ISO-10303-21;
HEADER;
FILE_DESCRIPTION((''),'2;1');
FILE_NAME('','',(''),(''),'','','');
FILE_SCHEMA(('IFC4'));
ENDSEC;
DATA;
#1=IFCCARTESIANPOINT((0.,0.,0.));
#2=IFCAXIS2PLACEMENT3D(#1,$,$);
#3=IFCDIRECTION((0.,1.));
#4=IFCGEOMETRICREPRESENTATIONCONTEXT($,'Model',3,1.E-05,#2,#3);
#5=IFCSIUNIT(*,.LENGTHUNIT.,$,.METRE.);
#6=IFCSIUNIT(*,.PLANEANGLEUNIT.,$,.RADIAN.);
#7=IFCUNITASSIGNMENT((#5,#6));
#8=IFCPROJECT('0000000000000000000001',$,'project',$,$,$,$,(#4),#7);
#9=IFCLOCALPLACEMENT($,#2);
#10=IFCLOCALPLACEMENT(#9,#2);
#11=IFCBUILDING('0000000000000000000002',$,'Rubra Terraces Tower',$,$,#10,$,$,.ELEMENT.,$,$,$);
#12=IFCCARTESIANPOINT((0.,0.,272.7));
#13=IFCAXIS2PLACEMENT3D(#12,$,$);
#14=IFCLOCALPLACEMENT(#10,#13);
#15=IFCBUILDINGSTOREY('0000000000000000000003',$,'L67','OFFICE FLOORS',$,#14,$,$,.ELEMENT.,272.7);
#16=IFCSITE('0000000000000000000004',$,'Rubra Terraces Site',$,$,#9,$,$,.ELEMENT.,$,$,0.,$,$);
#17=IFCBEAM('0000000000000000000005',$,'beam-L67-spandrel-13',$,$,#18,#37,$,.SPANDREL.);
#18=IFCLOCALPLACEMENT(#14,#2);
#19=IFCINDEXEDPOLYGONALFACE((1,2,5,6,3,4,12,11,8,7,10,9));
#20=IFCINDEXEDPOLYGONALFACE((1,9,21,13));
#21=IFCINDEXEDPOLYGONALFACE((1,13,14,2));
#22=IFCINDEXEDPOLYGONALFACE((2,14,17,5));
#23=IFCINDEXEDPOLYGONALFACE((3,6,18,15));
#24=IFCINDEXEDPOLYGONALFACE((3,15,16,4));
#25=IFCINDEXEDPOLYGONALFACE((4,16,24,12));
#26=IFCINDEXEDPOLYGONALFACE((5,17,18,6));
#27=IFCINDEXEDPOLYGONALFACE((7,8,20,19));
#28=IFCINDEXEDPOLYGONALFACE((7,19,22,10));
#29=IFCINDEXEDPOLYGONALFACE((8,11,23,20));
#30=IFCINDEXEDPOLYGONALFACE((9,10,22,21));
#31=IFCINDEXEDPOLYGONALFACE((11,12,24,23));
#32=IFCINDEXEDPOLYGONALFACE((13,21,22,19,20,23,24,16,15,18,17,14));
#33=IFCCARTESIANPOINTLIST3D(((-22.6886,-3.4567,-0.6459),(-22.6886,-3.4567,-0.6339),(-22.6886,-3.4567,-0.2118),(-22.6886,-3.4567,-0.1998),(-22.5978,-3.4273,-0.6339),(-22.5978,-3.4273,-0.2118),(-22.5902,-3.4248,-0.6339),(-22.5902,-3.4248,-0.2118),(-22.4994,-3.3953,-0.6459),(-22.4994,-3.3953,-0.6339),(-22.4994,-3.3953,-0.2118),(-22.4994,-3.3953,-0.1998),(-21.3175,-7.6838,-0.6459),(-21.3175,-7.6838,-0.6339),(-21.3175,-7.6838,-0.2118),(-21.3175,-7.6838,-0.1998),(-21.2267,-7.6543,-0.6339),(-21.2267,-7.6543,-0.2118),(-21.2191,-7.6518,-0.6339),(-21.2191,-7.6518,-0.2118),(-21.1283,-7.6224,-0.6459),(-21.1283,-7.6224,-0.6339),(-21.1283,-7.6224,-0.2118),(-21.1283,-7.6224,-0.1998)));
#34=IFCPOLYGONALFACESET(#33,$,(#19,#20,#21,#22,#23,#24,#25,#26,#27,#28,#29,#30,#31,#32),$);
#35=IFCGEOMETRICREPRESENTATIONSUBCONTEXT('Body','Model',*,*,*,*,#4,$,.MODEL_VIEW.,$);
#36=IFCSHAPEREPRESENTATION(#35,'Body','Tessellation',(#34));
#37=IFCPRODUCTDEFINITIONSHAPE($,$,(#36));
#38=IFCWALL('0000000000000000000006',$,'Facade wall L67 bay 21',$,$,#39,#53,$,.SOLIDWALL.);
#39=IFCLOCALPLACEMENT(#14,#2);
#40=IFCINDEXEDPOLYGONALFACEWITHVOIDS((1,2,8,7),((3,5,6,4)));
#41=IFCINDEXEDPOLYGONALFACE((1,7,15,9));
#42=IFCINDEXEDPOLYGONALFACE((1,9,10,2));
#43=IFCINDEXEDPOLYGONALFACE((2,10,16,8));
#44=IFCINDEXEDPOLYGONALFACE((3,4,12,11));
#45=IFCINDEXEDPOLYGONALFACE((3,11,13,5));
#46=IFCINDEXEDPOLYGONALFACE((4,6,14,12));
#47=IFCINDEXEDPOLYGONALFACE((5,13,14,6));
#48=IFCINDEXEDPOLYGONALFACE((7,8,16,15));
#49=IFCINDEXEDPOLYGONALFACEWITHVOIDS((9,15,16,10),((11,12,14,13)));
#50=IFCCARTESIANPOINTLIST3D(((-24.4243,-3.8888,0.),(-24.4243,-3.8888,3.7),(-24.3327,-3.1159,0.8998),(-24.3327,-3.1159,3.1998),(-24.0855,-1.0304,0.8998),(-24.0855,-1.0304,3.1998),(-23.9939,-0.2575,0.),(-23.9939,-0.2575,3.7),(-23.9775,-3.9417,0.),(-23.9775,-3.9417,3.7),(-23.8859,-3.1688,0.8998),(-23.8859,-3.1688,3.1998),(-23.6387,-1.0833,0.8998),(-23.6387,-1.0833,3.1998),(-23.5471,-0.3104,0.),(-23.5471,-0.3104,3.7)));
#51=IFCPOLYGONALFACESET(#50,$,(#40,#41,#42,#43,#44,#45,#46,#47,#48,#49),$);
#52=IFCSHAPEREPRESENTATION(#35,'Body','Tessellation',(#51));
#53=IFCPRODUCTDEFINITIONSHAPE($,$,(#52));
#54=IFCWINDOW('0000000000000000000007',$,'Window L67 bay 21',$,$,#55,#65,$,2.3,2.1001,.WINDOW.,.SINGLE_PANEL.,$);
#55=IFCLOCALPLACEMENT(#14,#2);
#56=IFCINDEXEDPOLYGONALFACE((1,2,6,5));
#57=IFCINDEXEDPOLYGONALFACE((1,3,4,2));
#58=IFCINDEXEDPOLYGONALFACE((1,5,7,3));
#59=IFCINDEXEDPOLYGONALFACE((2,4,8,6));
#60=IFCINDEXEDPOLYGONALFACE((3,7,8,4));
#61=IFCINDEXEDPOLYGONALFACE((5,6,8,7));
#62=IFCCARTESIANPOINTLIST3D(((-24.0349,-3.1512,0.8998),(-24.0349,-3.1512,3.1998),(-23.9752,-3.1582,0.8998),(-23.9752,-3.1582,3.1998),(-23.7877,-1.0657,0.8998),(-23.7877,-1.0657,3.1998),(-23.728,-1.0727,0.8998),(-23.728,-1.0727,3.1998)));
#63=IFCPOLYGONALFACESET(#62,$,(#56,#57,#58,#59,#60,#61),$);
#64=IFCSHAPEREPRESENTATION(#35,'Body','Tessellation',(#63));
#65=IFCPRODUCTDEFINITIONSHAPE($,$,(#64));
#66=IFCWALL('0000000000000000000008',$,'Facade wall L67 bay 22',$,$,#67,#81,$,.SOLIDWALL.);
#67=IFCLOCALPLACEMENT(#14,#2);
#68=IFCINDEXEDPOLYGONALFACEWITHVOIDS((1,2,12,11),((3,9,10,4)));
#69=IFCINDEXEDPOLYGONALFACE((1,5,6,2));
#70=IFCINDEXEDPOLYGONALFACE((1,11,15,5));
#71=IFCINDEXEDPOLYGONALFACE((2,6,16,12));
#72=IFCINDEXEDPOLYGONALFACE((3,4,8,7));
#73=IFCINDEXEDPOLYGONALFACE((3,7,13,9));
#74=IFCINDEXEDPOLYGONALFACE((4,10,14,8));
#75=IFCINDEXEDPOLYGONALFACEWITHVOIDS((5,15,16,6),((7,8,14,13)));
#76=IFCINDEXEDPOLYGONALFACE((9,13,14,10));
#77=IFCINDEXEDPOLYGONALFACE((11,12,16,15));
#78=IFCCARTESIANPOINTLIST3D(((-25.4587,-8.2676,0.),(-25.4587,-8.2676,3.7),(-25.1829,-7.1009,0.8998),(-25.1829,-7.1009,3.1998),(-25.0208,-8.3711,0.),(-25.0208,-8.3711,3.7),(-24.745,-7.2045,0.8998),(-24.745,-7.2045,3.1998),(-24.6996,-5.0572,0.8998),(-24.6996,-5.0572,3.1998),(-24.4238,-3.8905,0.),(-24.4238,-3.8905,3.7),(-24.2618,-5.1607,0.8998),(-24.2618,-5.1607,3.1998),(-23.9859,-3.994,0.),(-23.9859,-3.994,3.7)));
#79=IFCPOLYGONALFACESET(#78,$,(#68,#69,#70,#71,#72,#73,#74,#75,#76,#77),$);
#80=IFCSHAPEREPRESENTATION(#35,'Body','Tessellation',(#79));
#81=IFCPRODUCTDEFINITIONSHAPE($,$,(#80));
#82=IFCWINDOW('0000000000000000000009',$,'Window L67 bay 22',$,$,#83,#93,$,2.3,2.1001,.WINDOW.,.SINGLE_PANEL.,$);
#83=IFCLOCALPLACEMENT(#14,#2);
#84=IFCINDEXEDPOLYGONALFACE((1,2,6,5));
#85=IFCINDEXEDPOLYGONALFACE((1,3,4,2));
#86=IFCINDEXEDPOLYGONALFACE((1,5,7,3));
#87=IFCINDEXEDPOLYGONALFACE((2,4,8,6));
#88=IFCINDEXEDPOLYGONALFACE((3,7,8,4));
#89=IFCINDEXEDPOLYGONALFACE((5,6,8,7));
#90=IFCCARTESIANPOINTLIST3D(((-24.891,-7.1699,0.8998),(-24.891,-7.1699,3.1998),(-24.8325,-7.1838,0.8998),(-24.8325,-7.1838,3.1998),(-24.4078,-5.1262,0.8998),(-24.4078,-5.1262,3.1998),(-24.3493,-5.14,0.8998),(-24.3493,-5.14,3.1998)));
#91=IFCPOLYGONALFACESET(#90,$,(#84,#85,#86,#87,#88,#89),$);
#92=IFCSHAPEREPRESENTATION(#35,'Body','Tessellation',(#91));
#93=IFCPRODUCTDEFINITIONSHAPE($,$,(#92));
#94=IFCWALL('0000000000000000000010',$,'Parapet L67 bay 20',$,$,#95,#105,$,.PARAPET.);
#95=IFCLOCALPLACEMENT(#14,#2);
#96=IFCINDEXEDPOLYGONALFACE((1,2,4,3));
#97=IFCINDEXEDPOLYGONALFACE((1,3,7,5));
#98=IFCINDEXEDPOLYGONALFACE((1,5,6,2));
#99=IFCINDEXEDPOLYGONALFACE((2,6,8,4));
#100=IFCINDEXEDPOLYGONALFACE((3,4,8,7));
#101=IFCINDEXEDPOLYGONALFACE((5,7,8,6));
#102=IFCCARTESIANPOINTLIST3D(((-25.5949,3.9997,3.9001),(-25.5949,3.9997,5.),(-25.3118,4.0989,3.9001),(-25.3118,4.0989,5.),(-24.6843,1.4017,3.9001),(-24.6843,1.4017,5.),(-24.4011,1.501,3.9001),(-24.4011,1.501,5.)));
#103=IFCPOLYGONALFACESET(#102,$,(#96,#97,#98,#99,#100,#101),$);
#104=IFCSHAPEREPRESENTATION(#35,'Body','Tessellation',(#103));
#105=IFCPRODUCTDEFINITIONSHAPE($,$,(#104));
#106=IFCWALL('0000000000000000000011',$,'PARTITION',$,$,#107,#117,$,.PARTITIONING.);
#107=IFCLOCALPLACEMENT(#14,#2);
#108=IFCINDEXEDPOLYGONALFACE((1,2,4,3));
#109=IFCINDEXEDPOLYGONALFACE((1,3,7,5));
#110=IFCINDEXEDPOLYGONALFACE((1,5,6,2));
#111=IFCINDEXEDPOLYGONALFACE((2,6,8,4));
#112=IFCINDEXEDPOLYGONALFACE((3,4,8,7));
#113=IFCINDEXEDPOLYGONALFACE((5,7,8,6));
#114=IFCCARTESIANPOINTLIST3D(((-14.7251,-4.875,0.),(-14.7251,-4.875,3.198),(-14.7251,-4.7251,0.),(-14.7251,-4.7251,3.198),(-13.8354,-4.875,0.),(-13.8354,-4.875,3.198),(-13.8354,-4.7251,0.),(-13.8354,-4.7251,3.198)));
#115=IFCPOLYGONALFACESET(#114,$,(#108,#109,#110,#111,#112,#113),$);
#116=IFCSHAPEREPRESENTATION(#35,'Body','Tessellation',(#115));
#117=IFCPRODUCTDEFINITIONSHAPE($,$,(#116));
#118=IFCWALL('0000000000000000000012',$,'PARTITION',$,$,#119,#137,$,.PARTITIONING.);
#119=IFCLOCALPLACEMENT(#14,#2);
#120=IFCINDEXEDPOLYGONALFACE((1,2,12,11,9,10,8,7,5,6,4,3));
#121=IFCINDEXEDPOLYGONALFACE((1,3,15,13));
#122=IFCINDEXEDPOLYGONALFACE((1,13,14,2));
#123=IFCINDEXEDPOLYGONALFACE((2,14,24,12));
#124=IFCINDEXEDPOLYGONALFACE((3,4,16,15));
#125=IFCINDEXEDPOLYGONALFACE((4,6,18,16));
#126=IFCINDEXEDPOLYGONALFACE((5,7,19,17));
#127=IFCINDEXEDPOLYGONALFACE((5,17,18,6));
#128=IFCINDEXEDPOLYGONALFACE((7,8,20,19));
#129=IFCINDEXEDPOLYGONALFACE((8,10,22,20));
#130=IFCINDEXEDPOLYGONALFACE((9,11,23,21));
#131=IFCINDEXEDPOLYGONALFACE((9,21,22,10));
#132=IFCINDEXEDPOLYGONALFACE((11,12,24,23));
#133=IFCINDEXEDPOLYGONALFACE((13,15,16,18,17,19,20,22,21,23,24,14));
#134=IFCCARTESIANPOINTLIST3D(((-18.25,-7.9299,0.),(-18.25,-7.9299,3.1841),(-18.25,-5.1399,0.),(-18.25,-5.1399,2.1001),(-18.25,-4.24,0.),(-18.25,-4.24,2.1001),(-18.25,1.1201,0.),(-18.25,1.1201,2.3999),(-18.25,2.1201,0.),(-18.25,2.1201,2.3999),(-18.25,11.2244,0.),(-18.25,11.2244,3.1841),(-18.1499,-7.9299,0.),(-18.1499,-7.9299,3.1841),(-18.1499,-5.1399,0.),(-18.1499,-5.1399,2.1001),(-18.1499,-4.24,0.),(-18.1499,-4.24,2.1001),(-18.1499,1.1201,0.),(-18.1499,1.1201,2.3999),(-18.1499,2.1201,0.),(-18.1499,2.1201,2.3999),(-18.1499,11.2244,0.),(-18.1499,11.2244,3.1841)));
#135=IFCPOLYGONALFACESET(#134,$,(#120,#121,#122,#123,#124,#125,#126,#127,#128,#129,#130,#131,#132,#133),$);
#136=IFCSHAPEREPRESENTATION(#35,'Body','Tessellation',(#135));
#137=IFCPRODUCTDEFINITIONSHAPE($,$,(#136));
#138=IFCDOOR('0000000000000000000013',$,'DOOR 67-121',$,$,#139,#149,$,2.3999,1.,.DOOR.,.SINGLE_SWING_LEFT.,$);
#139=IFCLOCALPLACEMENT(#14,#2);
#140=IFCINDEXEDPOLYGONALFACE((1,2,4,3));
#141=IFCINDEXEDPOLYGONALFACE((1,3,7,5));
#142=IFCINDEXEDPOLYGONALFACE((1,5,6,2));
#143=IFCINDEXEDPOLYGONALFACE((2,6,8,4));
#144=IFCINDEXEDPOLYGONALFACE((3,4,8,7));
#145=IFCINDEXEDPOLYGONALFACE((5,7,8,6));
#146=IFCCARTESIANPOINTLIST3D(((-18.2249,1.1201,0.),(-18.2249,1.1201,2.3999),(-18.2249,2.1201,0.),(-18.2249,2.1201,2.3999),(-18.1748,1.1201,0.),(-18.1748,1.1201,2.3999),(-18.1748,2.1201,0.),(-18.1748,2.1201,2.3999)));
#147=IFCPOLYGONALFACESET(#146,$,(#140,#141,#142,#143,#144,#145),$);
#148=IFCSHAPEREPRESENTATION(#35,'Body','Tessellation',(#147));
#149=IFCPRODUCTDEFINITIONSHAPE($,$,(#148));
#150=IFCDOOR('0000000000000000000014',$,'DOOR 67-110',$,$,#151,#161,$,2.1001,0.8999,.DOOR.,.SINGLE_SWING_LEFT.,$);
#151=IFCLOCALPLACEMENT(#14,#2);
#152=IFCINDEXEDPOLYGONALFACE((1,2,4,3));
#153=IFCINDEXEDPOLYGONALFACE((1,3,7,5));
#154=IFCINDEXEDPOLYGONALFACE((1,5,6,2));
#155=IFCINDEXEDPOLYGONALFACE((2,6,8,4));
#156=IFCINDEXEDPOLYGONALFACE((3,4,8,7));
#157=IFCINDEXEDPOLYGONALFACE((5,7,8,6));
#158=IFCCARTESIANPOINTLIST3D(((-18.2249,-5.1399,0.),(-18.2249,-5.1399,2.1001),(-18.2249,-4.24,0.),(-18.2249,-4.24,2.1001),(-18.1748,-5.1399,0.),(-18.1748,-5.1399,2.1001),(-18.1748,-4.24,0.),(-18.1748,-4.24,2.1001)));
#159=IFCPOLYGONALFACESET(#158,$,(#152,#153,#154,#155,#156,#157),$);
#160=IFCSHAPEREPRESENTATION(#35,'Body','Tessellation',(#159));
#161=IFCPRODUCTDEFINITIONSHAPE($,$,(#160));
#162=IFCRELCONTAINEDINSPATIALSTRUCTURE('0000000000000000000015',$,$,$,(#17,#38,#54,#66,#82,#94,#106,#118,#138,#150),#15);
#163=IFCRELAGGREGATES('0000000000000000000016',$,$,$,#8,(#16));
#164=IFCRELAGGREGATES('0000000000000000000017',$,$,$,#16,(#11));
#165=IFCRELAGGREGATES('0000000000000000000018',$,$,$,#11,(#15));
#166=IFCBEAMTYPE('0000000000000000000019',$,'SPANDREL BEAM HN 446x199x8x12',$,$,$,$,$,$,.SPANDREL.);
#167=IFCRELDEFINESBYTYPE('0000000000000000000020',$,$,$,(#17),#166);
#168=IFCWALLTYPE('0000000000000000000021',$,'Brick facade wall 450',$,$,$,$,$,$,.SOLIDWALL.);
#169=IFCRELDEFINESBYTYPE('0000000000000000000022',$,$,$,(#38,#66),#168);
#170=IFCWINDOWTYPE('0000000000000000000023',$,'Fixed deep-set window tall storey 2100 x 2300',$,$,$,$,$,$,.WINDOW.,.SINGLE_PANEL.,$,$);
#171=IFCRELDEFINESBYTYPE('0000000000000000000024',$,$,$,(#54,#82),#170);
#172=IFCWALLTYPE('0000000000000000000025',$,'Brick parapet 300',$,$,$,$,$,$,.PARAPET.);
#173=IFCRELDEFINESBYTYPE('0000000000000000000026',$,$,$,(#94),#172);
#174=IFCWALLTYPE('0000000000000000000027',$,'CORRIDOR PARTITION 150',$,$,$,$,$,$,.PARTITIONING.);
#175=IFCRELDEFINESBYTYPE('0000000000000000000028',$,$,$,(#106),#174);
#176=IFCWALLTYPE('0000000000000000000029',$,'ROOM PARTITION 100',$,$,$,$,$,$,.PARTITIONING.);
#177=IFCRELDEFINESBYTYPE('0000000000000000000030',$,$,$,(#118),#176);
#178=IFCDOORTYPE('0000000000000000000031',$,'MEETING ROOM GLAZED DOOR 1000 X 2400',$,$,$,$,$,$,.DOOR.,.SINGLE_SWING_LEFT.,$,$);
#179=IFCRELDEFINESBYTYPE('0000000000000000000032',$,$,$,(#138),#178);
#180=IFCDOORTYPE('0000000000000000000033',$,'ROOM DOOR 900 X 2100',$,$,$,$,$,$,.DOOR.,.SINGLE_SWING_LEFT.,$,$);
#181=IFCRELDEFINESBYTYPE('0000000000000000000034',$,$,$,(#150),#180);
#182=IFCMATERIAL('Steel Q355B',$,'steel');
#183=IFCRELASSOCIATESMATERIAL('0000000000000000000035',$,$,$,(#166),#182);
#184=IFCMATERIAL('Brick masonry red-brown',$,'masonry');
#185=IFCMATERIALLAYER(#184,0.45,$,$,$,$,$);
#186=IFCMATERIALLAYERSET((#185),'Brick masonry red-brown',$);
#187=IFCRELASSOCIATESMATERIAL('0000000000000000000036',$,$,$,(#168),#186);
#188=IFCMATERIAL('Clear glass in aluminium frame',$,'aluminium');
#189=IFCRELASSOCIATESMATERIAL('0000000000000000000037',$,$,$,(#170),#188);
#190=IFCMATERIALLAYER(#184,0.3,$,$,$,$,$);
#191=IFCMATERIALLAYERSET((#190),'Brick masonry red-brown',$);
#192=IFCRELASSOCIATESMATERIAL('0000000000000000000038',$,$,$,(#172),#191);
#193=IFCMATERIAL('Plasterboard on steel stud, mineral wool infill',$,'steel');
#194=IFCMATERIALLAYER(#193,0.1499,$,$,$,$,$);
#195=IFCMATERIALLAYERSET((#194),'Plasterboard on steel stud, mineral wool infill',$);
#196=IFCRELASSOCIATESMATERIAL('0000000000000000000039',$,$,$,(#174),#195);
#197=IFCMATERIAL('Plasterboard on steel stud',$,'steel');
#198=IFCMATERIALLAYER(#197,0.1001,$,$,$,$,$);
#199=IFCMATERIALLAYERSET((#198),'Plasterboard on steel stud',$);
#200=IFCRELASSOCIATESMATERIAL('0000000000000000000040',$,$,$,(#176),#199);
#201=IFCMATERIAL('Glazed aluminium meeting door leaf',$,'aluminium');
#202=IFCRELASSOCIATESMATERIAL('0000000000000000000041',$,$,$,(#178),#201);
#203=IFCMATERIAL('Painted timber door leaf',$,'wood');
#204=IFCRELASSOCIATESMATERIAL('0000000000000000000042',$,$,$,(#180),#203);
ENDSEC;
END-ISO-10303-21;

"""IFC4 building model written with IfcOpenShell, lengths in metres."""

from ifc_helpers import new_model, si_unit, direction, frame, frame_2d, origin, origin_2d, place, context, subcontext, project, spatial, rectangle, i_section, extrude, material, layer, layer_set, material_profile, profile_set, type_object, element, fill, save


model = new_model("IFC4")

# Units and contexts
model_context = context("Model", 3, precision=1e-05, world=origin(), true_north=direction((0.0, 1.0)))
body_context = subcontext(model_context, "Body", "Model", "MODEL_VIEW")
ifc_project = project(units=[si_unit("LENGTHUNIT", "METRE"), si_unit("PLANEANGLEUNIT", "RADIAN")], contexts=[model_context])

# Site, building, storey
site_placement = place(None, origin())
site = spatial("IfcSite", under=ifc_project, at=site_placement, Name="Rubra Terraces Site", CompositionType="ELEMENT", RefElevation=0.0)
building_placement = place(site_placement, origin())
building = spatial("IfcBuilding", under=site, at=building_placement, Name="Rubra Terraces Tower", CompositionType="ELEMENT")
storey_placement = place(building_placement, frame((0.0, 0.0, 272.7)))
storey = spatial("IfcBuildingStorey", under=building, at=storey_placement, Name="L67", Description="OFFICE FLOORS", CompositionType="ELEMENT", Elevation=272.7)

# Beam
ifc_material_1 = material(Name="Steel Q355B", Category="steel")
ifc_material_profile_1 = material_profile(ifc_material_1, i_section(OverallWidth=0.199, OverallDepth=0.446, WebThickness=0.0081, FlangeThickness=0.012, at=origin_2d()), Name="HN 446x199x8x12")
ifc_profile_set_1 = profile_set([ifc_material_profile_1], Name="Steel Q355B")
beam_type_1 = type_object("IfcBeamType", Name="SPANDREL BEAM HN 446x199x8x12", PredefinedType="SPANDREL", material=ifc_profile_set_1)
beam_1_placement = place(storey_placement, frame((-22.594, -3.426, -0.4229), z_axis=(0.308537, -0.951212, 0.0), x_axis=(0.951212, 0.308537, 0.0)))
element("IfcBeam", 1, at=beam_1_placement, inside=storey, type_object=beam_type_1, Name="beam-L67-spandrel-13", PredefinedType="SPANDREL", context=body_context, shape_type="SweptSolid", body=[
    extrude(i_section(OverallWidth=0.199, OverallDepth=0.446, WebThickness=0.0081, FlangeThickness=0.012, at=origin_2d()), origin(), (0.0, 0.0, 1.0), 4.4438),
])

# Walls, openings, windows
ifc_material_2 = material(Name="Brick masonry red-brown", Category="masonry")
ifc_layer_1 = layer(ifc_material_2, 0.45)
ifc_layer_set_1 = layer_set([ifc_layer_1], Name="Brick masonry red-brown")
wall_type_1 = type_object("IfcWallType", Name="Brick facade wall 450", PredefinedType="SOLIDWALL", material=ifc_layer_set_1)
wall_1_placement = place(storey_placement, frame((-23.7705, -0.2839, 0.0), z_axis=(0.0, 0.0, 1.0), x_axis=(-0.117705, -0.993049, 0.0)))
wall_1 = element("IfcWall", 2, at=wall_1_placement, inside=storey, type_object=wall_type_1, Name="Facade wall L67 bay 21", PredefinedType="SOLIDWALL", context=body_context, shape_type="SweptSolid", body=[
    extrude(rectangle(XDim=3.6567, YDim=0.45, at=frame_2d((1.8284, 0.0))), origin(), (0.0, 0.0, 1.0), 3.7),
])
opening_1_placement = place(wall_1_placement, frame((0.7783, 0.0, 0.8999)))
opening_1 = element("IfcOpeningElement", 3, at=opening_1_placement, cuts=wall_1, PredefinedType="OPENING", context=body_context, shape_type="SweptSolid", body=[
    extrude(rectangle(XDim=2.1001, YDim=2.3, at=frame_2d((1.05, 1.1499))), frame((0.0, 0.2349, 0.0), z_axis=(0.0, -1.0, 0.0), x_axis=(1.0, 0.0, 0.0)), (0.0, 0.0, 1.0), 0.47),
])
ifc_material_3 = material(Name="Clear glass in aluminium frame", Category="aluminium")
window_type = type_object("IfcWindowType", Name="Fixed deep-set window tall storey 2100 x 2300", PartitioningType="SINGLE_PANEL", PredefinedType="WINDOW", material=ifc_material_3)
window_1_placement = place(opening_1_placement, origin())
window_1 = element("IfcWindow", 4, at=window_1_placement, inside=storey, type_object=window_type, Name="Window L67 bay 21", OverallHeight=2.3, OverallWidth=2.1001, PartitioningType="SINGLE_PANEL", PredefinedType="WINDOW", context=body_context, shape_type="SweptSolid", body=[
    extrude(rectangle(XDim=2.1001, YDim=2.3, at=frame_2d((1.05, 1.1499))), frame((0.0, 0.135, 0.0), z_axis=(0.0, -1.0, 0.0), x_axis=(1.0, 0.0, 0.0)), (0.0, 0.0, 1.0), 0.0601),
])
fill(opening_1, window_1)
wall_2_placement = place(storey_placement, frame((-24.2048, -3.9421, 0.0), z_axis=(0.0, 0.0, 1.0), x_axis=(-0.230089, -0.97317, 0.0)))
wall_2 = element("IfcWall", 5, at=wall_2_placement, inside=storey, type_object=wall_type_1, Name="Facade wall L67 bay 22", PredefinedType="SOLIDWALL", context=body_context, shape_type="SweptSolid", body=[
    extrude(rectangle(XDim=4.4978, YDim=0.45, at=frame_2d((2.249, 0.0))), origin(), (0.0, 0.0, 1.0), 3.7),
])
opening_2_placement = place(wall_2_placement, frame((1.199, 0.0, 0.8999)))
opening_2 = element("IfcOpeningElement", 6, at=opening_2_placement, cuts=wall_2, PredefinedType="OPENING", context=body_context, shape_type="SweptSolid", body=[
    extrude(rectangle(XDim=2.1001, YDim=2.3, at=frame_2d((1.05, 1.1499))), frame((0.0, 0.2349, 0.0), z_axis=(0.0, -1.0, 0.0), x_axis=(1.0, 0.0, 0.0)), (0.0, 0.0, 1.0), 0.47),
])
window_2_placement = place(opening_2_placement, origin())
window_2 = element("IfcWindow", 7, at=window_2_placement, inside=storey, type_object=window_type, Name="Window L67 bay 22", OverallHeight=2.3, OverallWidth=2.1001, PartitioningType="SINGLE_PANEL", PredefinedType="WINDOW", context=body_context, shape_type="SweptSolid", body=[
    extrude(rectangle(XDim=2.1001, YDim=2.3, at=frame_2d((1.05, 1.1499))), frame((0.0, 0.135, 0.0), z_axis=(0.0, -1.0, 0.0), x_axis=(1.0, 0.0, 0.0)), (0.0, 0.0, 1.0), 0.0601),
])
fill(opening_2, window_2)

# Walls
ifc_layer_2 = layer(ifc_material_2, 0.3)
ifc_layer_set_2 = layer_set([ifc_layer_2], Name="Brick masonry red-brown")
wall_type_2 = type_object("IfcWallType", Name="Brick parapet 300", PredefinedType="PARAPET", material=ifc_layer_set_2)
wall_3_placement = place(storey_placement, frame((-25.4534, 4.0493, 3.9001), z_axis=(0.0, 0.0, 1.0), x_axis=(0.330797, -0.943702, 0.0)))
element("IfcWall", 8, at=wall_3_placement, inside=storey, type_object=wall_type_2, Name="Parapet L67 bay 20", PredefinedType="PARAPET", context=body_context, shape_type="SweptSolid", body=[
    extrude(rectangle(XDim=2.7529, YDim=0.3, at=frame_2d((1.3765, 0.0))), origin(), (0.0, 0.0, 1.0), 1.0999),
])
ifc_material_4 = material(Name="Plasterboard on steel stud, mineral wool infill", Category="steel")
ifc_layer_3 = layer(ifc_material_4, 0.1499)
ifc_layer_set_3 = layer_set([ifc_layer_3], Name="Plasterboard on steel stud, mineral wool infill")
wall_type_3 = type_object("IfcWallType", Name="CORRIDOR PARTITION 150", PredefinedType="PARTITIONING", material=ifc_layer_set_3)
wall_4_placement = place(storey_placement, frame((-14.7251, -4.8, 0.0), z_axis=(0.0, 0.0, 1.0), x_axis=(1.0, 0.0, 0.0)))
element("IfcWall", 9, at=wall_4_placement, inside=storey, type_object=wall_type_3, Name="PARTITION", PredefinedType="PARTITIONING", context=body_context, shape_type="SweptSolid", body=[
    extrude(rectangle(XDim=0.8896, YDim=0.1499, at=frame_2d((0.4448, 0.0))), origin(), (0.0, 0.0, 1.0), 3.198),
])

# Wall, openings, doors
ifc_material_5 = material(Name="Plasterboard on steel stud", Category="steel")
ifc_layer_4 = layer(ifc_material_5, 0.1001)
ifc_layer_set_4 = layer_set([ifc_layer_4], Name="Plasterboard on steel stud")
wall_type_4 = type_object("IfcWallType", Name="ROOM PARTITION 100", PredefinedType="PARTITIONING", material=ifc_layer_set_4)
wall_5_placement = place(storey_placement, frame((-18.2, -7.9299, 0.0), z_axis=(0.0, 0.0, 1.0), x_axis=(0.0, 1.0, 0.0)))
wall_5 = element("IfcWall", 10, at=wall_5_placement, inside=storey, type_object=wall_type_4, Name="PARTITION", PredefinedType="PARTITIONING", context=body_context, shape_type="SweptSolid", body=[
    extrude(rectangle(XDim=19.1543, YDim=0.1001, at=frame_2d((9.5771, 0.0))), origin(), (0.0, 0.0, 1.0), 3.1841),
])
opening_3_placement = place(wall_5_placement, frame((2.79, 0.0, 0.0)))
opening_3 = element("IfcOpeningElement", 11, at=opening_3_placement, cuts=wall_5, PredefinedType="OPENING", context=body_context, shape_type="SweptSolid", body=[
    extrude(rectangle(XDim=0.8999, YDim=2.1001, at=frame_2d((0.45, 1.05))), frame((0.0, 0.0601, 0.0), z_axis=(0.0, -1.0, 0.0), x_axis=(1.0, 0.0, 0.0)), (0.0, 0.0, 1.0), 0.1201),
])
opening_4_placement = place(wall_5_placement, frame((9.05, 0.0, 0.0)))
opening_4 = element("IfcOpeningElement", 12, at=opening_4_placement, cuts=wall_5, PredefinedType="OPENING", context=body_context, shape_type="SweptSolid", body=[
    extrude(rectangle(XDim=1.0, YDim=2.3999, at=frame_2d((0.5, 1.2))), frame((0.0, 0.0601, 0.0), z_axis=(0.0, -1.0, 0.0), x_axis=(1.0, 0.0, 0.0)), (0.0, 0.0, 1.0), 0.1201),
])
ifc_material_6 = material(Name="Glazed aluminium meeting door leaf", Category="aluminium")
door_type_1 = type_object("IfcDoorType", Name="MEETING ROOM GLAZED DOOR 1000 X 2400", OperationType="SINGLE_SWING_LEFT", PredefinedType="DOOR", material=ifc_material_6)
door_1_placement = place(opening_4_placement, origin())
door_1 = element("IfcDoor", 13, at=door_1_placement, inside=storey, type_object=door_type_1, Name="DOOR 67-121", OperationType="SINGLE_SWING_LEFT", OverallHeight=2.3999, OverallWidth=1.0, PredefinedType="DOOR", context=body_context, shape_type="SweptSolid", body=[
    extrude(rectangle(XDim=1.0, YDim=2.3999, at=frame_2d((0.5, 1.2))), frame((0.0, 0.0249, 0.0), z_axis=(0.0, -1.0, 0.0), x_axis=(1.0, 0.0, 0.0)), (0.0, 0.0, 1.0), 0.05),
])
fill(opening_4, door_1)
ifc_material_7 = material(Name="Painted timber door leaf", Category="wood")
door_type_2 = type_object("IfcDoorType", Name="ROOM DOOR 900 X 2100", OperationType="SINGLE_SWING_LEFT", PredefinedType="DOOR", material=ifc_material_7)
door_2_placement = place(opening_3_placement, origin())
door_2 = element("IfcDoor", 14, at=door_2_placement, inside=storey, type_object=door_type_2, Name="DOOR 67-110", OperationType="SINGLE_SWING_LEFT", OverallHeight=2.1001, OverallWidth=0.8999, PredefinedType="DOOR", context=body_context, shape_type="SweptSolid", body=[
    extrude(rectangle(XDim=0.8999, YDim=2.1001, at=frame_2d((0.45, 1.05))), frame((0.0, 0.0249, 0.0), z_axis=(0.0, -1.0, 0.0), x_axis=(1.0, 0.0, 0.0)), (0.0, 0.0, 1.0), 0.05),
])
fill(opening_3, door_2)

save(model, "model.ifc")
